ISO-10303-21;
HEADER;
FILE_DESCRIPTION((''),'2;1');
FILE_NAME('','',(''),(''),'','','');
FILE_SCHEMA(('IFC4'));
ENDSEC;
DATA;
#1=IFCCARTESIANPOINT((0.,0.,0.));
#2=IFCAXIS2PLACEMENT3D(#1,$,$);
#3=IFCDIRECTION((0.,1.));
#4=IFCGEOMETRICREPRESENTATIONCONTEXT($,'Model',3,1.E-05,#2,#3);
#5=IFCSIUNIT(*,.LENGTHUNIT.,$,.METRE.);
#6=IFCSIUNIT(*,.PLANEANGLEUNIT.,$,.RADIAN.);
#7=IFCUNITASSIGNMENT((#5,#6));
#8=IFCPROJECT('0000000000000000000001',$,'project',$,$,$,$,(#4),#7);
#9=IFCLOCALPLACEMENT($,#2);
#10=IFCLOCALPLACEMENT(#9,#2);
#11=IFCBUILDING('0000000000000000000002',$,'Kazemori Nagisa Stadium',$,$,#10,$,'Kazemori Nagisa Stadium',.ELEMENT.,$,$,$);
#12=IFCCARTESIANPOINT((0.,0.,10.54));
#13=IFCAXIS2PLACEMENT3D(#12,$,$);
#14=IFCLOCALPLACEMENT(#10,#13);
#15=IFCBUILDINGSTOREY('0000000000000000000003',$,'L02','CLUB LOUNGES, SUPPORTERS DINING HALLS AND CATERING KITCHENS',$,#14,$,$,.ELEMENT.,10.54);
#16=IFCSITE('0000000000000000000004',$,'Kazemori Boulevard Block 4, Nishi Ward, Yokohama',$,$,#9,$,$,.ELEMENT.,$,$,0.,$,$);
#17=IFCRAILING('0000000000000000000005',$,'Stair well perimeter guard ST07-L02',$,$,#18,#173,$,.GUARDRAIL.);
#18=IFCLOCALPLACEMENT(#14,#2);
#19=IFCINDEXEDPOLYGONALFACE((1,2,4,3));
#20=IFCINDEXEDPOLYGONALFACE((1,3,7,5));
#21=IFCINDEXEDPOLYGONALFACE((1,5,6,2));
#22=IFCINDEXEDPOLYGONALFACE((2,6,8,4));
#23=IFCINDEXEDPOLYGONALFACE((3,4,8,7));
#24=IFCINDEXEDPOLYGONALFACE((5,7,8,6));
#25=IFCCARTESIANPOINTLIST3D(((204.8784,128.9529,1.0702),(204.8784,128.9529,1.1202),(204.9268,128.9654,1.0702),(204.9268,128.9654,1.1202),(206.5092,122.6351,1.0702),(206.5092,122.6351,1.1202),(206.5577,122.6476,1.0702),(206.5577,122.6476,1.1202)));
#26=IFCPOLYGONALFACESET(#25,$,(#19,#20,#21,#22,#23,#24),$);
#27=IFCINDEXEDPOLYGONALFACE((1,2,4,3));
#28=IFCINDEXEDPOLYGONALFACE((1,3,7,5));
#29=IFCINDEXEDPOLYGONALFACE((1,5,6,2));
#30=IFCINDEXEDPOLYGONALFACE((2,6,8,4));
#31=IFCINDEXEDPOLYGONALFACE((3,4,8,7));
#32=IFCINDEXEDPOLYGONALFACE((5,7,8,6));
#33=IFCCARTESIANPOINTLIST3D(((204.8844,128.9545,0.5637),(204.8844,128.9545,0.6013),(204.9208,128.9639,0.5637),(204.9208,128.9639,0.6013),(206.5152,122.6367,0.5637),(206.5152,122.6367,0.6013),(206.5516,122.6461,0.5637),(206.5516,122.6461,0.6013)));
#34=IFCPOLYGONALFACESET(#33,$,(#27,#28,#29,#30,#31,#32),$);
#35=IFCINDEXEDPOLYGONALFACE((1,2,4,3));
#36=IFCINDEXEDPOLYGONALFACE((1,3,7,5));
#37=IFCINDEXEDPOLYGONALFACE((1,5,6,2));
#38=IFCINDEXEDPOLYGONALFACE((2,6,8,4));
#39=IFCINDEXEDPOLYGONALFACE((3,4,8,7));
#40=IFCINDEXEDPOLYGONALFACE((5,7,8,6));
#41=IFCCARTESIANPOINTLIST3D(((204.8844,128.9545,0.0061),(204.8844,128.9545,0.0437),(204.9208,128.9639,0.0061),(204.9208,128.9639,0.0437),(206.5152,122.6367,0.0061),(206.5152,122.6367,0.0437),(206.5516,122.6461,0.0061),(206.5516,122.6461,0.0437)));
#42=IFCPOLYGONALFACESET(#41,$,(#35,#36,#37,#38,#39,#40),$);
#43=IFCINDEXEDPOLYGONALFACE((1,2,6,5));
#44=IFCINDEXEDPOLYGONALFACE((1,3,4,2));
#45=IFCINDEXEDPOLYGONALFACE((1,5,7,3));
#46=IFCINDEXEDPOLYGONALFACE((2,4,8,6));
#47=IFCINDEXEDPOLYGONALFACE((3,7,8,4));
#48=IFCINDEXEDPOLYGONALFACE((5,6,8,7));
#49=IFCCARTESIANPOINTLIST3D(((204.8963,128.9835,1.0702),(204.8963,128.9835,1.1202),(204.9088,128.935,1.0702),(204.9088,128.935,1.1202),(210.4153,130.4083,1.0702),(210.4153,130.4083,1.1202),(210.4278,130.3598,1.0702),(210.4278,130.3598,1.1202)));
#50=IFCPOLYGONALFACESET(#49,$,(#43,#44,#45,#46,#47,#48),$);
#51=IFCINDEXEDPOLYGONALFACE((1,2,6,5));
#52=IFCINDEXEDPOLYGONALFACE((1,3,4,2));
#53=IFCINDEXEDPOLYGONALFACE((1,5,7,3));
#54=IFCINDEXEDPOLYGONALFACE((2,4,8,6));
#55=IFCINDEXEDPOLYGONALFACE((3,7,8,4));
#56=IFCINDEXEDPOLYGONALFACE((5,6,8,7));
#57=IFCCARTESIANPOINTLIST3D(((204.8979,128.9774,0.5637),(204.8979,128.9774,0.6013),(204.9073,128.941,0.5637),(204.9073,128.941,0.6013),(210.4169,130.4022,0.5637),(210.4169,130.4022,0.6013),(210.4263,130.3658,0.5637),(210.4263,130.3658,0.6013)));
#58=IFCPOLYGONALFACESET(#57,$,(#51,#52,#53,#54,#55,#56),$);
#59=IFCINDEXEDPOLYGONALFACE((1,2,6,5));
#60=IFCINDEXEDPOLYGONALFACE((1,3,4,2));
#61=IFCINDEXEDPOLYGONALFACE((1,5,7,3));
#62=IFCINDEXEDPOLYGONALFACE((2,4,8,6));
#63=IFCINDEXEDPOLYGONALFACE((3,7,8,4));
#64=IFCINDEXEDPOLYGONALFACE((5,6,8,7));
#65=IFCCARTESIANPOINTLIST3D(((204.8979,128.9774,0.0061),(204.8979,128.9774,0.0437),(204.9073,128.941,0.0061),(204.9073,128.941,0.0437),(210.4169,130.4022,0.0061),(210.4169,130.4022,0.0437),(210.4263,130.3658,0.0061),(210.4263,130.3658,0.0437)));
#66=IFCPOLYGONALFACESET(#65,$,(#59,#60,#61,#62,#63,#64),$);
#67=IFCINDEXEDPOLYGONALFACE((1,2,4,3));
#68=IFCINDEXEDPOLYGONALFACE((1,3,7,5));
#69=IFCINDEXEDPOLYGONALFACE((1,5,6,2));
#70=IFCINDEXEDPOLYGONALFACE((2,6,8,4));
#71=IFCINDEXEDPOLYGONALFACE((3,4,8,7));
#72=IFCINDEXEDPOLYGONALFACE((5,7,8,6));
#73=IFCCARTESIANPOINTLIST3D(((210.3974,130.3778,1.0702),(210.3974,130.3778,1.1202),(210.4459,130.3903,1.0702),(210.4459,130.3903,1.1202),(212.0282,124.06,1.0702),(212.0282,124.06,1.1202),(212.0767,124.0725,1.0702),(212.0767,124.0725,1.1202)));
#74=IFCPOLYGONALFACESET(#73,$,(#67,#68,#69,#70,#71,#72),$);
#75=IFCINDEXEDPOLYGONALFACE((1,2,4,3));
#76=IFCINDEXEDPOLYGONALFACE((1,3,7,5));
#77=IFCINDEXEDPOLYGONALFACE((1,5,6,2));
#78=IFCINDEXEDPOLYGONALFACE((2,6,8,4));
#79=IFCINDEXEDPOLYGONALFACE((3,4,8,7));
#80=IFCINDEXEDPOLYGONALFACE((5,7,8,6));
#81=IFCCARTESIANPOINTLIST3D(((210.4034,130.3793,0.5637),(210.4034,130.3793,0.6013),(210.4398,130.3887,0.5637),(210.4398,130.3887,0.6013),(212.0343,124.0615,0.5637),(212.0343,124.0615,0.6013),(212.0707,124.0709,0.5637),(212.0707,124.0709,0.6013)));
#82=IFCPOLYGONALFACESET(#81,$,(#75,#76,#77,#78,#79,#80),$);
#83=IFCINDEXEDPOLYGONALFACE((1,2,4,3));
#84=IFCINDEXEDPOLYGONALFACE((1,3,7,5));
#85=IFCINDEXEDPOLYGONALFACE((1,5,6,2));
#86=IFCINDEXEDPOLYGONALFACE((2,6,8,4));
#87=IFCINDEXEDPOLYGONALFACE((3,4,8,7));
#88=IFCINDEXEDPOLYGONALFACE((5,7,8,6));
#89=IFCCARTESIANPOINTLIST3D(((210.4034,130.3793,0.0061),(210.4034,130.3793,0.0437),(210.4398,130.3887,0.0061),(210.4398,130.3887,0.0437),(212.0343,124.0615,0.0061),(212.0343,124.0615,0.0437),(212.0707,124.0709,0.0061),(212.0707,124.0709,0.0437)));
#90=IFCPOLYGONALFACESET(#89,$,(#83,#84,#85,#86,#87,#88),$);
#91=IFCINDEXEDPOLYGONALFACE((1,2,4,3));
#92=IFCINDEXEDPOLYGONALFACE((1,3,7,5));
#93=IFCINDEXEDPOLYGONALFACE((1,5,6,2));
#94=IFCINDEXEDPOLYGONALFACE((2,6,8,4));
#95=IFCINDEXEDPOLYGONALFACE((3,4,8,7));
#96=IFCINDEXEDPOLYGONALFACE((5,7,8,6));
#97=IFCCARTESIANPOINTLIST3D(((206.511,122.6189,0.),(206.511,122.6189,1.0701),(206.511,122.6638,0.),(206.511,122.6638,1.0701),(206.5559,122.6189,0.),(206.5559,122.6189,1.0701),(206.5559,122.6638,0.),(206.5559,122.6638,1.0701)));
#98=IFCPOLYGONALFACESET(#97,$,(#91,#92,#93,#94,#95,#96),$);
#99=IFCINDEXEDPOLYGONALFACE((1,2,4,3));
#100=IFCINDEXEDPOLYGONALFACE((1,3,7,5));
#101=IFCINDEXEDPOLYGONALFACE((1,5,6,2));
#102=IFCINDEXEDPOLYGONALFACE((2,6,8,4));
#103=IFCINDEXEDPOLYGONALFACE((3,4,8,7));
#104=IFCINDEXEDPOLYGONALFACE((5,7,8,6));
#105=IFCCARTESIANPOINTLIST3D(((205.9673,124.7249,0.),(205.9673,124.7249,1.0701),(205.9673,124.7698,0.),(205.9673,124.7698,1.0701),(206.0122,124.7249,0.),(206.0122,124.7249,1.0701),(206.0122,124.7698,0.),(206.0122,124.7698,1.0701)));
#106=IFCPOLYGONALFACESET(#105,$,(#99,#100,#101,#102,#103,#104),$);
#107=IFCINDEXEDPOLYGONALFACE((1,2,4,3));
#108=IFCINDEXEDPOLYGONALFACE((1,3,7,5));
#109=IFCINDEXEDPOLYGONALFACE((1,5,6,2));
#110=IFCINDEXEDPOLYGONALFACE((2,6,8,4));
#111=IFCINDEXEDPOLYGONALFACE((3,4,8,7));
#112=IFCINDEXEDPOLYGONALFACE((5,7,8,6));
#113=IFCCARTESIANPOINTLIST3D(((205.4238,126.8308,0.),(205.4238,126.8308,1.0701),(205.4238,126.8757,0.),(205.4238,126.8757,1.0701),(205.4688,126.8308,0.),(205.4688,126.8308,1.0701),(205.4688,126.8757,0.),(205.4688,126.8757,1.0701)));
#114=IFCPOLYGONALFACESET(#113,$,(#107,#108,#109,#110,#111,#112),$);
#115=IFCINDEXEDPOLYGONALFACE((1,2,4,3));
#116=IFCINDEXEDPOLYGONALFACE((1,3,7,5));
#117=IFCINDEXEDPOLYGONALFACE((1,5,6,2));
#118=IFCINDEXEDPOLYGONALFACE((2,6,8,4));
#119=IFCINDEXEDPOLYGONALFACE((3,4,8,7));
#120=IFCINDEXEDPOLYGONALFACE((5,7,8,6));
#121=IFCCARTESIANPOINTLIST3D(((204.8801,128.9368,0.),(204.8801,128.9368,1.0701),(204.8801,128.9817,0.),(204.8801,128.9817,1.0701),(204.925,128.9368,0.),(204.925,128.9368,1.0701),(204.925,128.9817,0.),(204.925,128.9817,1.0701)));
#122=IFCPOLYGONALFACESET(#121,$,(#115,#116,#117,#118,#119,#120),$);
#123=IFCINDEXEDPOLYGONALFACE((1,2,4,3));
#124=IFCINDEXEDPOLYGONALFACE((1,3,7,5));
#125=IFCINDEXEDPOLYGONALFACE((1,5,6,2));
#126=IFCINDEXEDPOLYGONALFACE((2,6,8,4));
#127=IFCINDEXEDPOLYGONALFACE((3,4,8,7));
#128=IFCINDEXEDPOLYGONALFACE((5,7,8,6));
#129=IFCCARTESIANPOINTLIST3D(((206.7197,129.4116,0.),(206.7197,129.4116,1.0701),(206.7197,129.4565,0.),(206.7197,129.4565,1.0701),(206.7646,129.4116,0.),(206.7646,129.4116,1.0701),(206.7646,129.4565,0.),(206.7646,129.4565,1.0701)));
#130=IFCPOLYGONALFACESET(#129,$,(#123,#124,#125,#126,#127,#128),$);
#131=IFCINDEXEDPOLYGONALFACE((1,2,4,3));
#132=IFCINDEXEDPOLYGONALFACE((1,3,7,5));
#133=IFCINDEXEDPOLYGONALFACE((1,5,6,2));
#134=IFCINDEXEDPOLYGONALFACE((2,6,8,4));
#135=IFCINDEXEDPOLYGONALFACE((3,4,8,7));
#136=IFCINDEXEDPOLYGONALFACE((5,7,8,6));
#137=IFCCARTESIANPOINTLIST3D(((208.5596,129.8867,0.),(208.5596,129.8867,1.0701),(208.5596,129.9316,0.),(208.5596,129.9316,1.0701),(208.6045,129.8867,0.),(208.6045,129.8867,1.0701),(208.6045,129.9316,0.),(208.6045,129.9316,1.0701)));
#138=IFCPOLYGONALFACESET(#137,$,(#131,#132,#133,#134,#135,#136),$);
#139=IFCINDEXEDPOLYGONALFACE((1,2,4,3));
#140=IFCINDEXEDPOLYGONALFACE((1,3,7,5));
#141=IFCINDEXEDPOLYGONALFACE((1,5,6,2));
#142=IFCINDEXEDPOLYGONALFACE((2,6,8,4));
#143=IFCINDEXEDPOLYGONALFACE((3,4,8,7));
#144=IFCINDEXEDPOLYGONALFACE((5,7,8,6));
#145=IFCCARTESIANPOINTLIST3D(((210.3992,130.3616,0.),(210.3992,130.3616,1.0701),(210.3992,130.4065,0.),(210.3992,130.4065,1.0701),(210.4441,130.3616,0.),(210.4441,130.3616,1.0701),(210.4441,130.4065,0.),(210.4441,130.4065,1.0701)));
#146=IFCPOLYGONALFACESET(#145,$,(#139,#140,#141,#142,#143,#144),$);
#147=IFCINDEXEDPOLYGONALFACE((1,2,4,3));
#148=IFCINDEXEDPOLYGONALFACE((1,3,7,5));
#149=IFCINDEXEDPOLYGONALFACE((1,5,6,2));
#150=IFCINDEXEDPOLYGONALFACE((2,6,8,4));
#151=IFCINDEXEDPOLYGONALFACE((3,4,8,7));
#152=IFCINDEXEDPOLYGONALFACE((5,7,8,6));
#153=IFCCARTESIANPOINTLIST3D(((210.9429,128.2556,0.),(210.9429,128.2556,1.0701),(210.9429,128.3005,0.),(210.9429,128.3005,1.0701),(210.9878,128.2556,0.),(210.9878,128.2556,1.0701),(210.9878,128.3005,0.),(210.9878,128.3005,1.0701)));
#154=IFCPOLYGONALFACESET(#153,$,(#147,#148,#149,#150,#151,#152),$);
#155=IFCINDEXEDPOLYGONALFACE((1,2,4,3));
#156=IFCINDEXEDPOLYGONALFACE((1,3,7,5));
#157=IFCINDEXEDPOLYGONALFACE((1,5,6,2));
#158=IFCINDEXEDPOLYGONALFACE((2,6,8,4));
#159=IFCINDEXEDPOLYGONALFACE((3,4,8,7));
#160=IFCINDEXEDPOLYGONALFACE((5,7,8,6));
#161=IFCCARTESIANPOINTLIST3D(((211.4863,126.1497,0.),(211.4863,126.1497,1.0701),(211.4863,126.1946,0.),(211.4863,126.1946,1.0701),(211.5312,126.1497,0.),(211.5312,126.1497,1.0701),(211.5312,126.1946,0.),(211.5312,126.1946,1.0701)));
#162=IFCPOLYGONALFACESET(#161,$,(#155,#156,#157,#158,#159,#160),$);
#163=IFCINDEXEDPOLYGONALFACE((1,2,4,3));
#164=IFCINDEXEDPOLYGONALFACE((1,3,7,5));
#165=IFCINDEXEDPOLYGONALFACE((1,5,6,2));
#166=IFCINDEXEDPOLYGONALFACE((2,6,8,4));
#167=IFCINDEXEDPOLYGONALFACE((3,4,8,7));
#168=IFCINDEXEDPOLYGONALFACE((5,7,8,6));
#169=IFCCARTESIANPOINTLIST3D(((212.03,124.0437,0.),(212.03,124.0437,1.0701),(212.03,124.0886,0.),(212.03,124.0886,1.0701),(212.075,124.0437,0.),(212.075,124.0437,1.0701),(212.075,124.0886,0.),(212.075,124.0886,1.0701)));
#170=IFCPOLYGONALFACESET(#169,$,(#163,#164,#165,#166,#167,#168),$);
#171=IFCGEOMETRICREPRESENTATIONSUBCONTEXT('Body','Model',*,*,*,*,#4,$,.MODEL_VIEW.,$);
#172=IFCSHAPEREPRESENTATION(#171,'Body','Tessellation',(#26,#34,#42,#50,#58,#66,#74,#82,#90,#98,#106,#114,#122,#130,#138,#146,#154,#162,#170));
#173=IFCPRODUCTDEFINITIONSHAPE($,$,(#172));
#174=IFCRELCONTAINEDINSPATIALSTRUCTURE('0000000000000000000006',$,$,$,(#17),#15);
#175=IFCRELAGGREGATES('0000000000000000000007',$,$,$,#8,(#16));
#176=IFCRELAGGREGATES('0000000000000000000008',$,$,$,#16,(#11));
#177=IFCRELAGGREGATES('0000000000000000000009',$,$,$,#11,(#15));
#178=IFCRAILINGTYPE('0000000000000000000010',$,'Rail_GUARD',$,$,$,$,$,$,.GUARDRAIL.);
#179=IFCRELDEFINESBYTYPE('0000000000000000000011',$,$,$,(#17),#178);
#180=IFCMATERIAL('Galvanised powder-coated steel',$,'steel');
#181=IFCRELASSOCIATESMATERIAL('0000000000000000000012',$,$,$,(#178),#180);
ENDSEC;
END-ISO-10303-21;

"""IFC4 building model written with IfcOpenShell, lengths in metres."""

from ifc_helpers import new_model, si_unit, direction, frame, origin, origin_2d, place, context, subcontext, project, spatial, rectangle, extrude, material, type_object, element, save


model = new_model("IFC4")

# Units and contexts
model_context = context("Model", 3, precision=1e-05, world=origin(), true_north=direction((0.0, 1.0)))
body_context = subcontext(model_context, "Body", "Model", "MODEL_VIEW")
ifc_project = project(units=[si_unit("LENGTHUNIT", "METRE"), si_unit("PLANEANGLEUNIT", "RADIAN")], contexts=[model_context])

# Site, building, storey
site_placement = place(None, origin())
site = spatial("IfcSite", under=ifc_project, at=site_placement, Name="Kazemori Boulevard Block 4, Nishi Ward, Yokohama", CompositionType="ELEMENT", RefElevation=0.0)
building_placement = place(site_placement, origin())
building = spatial("IfcBuilding", under=site, at=building_placement, Name="Kazemori Nagisa Stadium", LongName="Kazemori Nagisa Stadium", CompositionType="ELEMENT")
storey_placement = place(building_placement, frame((0.0, 0.0, 10.54)))
storey = spatial("IfcBuildingStorey", under=building, at=storey_placement, Name="L02", Description="CLUB LOUNGES, SUPPORTERS DINING HALLS AND CATERING KITCHENS", CompositionType="ELEMENT", Elevation=10.54)

# Railing
ifc_material_1 = material(Name="Galvanised powder-coated steel", Category="steel")
railing_type_1 = type_object("IfcRailingType", Name="Rail_GUARD", PredefinedType="GUARDRAIL", material=ifc_material_1)
railing_1_placement = place(storey_placement, frame((206.5334, 122.6414, 0.0)))
element("IfcRailing", 1, at=railing_1_placement, inside=storey, type_object=railing_type_1, Name="Stair well perimeter guard ST07-L02", PredefinedType="GUARDRAIL", context=body_context, shape_type="SweptSolid", body=[
    extrude(rectangle(XDim=0.05, YDim=0.05, at=origin_2d()), frame((0.0, 0.0, 1.0952), z_axis=(-0.249941, 0.968261, 0.0), x_axis=(-0.968261, -0.249941, 0.0)), (0.0, 0.0, 1.0), 6.5249),
    extrude(rectangle(XDim=0.0376, YDim=0.0376, at=origin_2d()), frame((0.0, 0.0, 0.5825), z_axis=(-0.249941, 0.968261, 0.0), x_axis=(-0.968261, -0.249941, 0.0)), (0.0, 0.0, 1.0), 6.5249),
    extrude(rectangle(XDim=0.0376, YDim=0.0376, at=origin_2d()), frame((0.0, 0.0, 0.0249), z_axis=(-0.249941, 0.968261, 0.0), x_axis=(-0.968261, -0.249941, 0.0)), (0.0, 0.0, 1.0), 6.5249),
    extrude(rectangle(XDim=0.05, YDim=0.05, at=origin_2d()), frame((-1.6309, 6.3179, 1.0952), z_axis=(0.968255, 0.249966, 0.0), x_axis=(-0.249966, 0.968255, 0.0)), (0.0, 0.0, 1.0), 5.7),
    extrude(rectangle(XDim=0.0376, YDim=0.0376, at=origin_2d()), frame((-1.6309, 6.3179, 0.5825), z_axis=(0.968255, 0.249966, 0.0), x_axis=(-0.249966, 0.968255, 0.0)), (0.0, 0.0, 1.0), 5.7),
    extrude(rectangle(XDim=0.0376, YDim=0.0376, at=origin_2d()), frame((-1.6309, 6.3179, 0.0249), z_axis=(0.968255, 0.249966, 0.0), x_axis=(-0.249966, 0.968255, 0.0)), (0.0, 0.0, 1.0), 5.7),
    extrude(rectangle(XDim=0.05, YDim=0.05, at=origin_2d()), frame((3.8882, 7.7427, 1.0952), z_axis=(0.249941, -0.968261, 0.0), x_axis=(0.968261, 0.249941, 0.0)), (0.0, 0.0, 1.0), 6.5249),
    extrude(rectangle(XDim=0.0376, YDim=0.0376, at=origin_2d()), frame((3.8882, 7.7427, 0.5825), z_axis=(0.249941, -0.968261, 0.0), x_axis=(0.968261, 0.249941, 0.0)), (0.0, 0.0, 1.0), 6.5249),
    extrude(rectangle(XDim=0.0376, YDim=0.0376, at=origin_2d()), frame((3.8882, 7.7427, 0.0249), z_axis=(0.249941, -0.968261, 0.0), x_axis=(0.968261, 0.249941, 0.0)), (0.0, 0.0, 1.0), 6.5249),
    extrude(rectangle(XDim=0.0449, YDim=0.0449, at=origin_2d()), origin(), (0.0, 0.0, 1.0), 1.0701),
    extrude(rectangle(XDim=0.0449, YDim=0.0449, at=origin_2d()), frame((-0.5437, 2.106, 0.0)), (0.0, 0.0, 1.0), 1.0701),
    extrude(rectangle(XDim=0.0449, YDim=0.0449, at=origin_2d()), frame((-1.0872, 4.2119, 0.0)), (0.0, 0.0, 1.0), 1.0701),
    extrude(rectangle(XDim=0.0449, YDim=0.0449, at=origin_2d()), frame((-1.6309, 6.3179, 0.0)), (0.0, 0.0, 1.0), 1.0701),
    extrude(rectangle(XDim=0.0449, YDim=0.0449, at=origin_2d()), frame((0.2087, 6.7927, 0.0)), (0.0, 0.0, 1.0), 1.0701),
    extrude(rectangle(XDim=0.0449, YDim=0.0449, at=origin_2d()), frame((2.0486, 7.2678, 0.0)), (0.0, 0.0, 1.0), 1.0701),
    extrude(rectangle(XDim=0.0449, YDim=0.0449, at=origin_2d()), frame((3.8882, 7.7427, 0.0)), (0.0, 0.0, 1.0), 1.0701),
    extrude(rectangle(XDim=0.0449, YDim=0.0449, at=origin_2d()), frame((4.4319, 5.6367, 0.0)), (0.0, 0.0, 1.0), 1.0701),
    extrude(rectangle(XDim=0.0449, YDim=0.0449, at=origin_2d()), frame((4.9753, 3.5308, 0.0)), (0.0, 0.0, 1.0), 1.0701),
    extrude(rectangle(XDim=0.0449, YDim=0.0449, at=origin_2d()), frame((5.519, 1.4248, 0.0)), (0.0, 0.0, 1.0), 1.0701),
])

save(model, "model.ifc")
